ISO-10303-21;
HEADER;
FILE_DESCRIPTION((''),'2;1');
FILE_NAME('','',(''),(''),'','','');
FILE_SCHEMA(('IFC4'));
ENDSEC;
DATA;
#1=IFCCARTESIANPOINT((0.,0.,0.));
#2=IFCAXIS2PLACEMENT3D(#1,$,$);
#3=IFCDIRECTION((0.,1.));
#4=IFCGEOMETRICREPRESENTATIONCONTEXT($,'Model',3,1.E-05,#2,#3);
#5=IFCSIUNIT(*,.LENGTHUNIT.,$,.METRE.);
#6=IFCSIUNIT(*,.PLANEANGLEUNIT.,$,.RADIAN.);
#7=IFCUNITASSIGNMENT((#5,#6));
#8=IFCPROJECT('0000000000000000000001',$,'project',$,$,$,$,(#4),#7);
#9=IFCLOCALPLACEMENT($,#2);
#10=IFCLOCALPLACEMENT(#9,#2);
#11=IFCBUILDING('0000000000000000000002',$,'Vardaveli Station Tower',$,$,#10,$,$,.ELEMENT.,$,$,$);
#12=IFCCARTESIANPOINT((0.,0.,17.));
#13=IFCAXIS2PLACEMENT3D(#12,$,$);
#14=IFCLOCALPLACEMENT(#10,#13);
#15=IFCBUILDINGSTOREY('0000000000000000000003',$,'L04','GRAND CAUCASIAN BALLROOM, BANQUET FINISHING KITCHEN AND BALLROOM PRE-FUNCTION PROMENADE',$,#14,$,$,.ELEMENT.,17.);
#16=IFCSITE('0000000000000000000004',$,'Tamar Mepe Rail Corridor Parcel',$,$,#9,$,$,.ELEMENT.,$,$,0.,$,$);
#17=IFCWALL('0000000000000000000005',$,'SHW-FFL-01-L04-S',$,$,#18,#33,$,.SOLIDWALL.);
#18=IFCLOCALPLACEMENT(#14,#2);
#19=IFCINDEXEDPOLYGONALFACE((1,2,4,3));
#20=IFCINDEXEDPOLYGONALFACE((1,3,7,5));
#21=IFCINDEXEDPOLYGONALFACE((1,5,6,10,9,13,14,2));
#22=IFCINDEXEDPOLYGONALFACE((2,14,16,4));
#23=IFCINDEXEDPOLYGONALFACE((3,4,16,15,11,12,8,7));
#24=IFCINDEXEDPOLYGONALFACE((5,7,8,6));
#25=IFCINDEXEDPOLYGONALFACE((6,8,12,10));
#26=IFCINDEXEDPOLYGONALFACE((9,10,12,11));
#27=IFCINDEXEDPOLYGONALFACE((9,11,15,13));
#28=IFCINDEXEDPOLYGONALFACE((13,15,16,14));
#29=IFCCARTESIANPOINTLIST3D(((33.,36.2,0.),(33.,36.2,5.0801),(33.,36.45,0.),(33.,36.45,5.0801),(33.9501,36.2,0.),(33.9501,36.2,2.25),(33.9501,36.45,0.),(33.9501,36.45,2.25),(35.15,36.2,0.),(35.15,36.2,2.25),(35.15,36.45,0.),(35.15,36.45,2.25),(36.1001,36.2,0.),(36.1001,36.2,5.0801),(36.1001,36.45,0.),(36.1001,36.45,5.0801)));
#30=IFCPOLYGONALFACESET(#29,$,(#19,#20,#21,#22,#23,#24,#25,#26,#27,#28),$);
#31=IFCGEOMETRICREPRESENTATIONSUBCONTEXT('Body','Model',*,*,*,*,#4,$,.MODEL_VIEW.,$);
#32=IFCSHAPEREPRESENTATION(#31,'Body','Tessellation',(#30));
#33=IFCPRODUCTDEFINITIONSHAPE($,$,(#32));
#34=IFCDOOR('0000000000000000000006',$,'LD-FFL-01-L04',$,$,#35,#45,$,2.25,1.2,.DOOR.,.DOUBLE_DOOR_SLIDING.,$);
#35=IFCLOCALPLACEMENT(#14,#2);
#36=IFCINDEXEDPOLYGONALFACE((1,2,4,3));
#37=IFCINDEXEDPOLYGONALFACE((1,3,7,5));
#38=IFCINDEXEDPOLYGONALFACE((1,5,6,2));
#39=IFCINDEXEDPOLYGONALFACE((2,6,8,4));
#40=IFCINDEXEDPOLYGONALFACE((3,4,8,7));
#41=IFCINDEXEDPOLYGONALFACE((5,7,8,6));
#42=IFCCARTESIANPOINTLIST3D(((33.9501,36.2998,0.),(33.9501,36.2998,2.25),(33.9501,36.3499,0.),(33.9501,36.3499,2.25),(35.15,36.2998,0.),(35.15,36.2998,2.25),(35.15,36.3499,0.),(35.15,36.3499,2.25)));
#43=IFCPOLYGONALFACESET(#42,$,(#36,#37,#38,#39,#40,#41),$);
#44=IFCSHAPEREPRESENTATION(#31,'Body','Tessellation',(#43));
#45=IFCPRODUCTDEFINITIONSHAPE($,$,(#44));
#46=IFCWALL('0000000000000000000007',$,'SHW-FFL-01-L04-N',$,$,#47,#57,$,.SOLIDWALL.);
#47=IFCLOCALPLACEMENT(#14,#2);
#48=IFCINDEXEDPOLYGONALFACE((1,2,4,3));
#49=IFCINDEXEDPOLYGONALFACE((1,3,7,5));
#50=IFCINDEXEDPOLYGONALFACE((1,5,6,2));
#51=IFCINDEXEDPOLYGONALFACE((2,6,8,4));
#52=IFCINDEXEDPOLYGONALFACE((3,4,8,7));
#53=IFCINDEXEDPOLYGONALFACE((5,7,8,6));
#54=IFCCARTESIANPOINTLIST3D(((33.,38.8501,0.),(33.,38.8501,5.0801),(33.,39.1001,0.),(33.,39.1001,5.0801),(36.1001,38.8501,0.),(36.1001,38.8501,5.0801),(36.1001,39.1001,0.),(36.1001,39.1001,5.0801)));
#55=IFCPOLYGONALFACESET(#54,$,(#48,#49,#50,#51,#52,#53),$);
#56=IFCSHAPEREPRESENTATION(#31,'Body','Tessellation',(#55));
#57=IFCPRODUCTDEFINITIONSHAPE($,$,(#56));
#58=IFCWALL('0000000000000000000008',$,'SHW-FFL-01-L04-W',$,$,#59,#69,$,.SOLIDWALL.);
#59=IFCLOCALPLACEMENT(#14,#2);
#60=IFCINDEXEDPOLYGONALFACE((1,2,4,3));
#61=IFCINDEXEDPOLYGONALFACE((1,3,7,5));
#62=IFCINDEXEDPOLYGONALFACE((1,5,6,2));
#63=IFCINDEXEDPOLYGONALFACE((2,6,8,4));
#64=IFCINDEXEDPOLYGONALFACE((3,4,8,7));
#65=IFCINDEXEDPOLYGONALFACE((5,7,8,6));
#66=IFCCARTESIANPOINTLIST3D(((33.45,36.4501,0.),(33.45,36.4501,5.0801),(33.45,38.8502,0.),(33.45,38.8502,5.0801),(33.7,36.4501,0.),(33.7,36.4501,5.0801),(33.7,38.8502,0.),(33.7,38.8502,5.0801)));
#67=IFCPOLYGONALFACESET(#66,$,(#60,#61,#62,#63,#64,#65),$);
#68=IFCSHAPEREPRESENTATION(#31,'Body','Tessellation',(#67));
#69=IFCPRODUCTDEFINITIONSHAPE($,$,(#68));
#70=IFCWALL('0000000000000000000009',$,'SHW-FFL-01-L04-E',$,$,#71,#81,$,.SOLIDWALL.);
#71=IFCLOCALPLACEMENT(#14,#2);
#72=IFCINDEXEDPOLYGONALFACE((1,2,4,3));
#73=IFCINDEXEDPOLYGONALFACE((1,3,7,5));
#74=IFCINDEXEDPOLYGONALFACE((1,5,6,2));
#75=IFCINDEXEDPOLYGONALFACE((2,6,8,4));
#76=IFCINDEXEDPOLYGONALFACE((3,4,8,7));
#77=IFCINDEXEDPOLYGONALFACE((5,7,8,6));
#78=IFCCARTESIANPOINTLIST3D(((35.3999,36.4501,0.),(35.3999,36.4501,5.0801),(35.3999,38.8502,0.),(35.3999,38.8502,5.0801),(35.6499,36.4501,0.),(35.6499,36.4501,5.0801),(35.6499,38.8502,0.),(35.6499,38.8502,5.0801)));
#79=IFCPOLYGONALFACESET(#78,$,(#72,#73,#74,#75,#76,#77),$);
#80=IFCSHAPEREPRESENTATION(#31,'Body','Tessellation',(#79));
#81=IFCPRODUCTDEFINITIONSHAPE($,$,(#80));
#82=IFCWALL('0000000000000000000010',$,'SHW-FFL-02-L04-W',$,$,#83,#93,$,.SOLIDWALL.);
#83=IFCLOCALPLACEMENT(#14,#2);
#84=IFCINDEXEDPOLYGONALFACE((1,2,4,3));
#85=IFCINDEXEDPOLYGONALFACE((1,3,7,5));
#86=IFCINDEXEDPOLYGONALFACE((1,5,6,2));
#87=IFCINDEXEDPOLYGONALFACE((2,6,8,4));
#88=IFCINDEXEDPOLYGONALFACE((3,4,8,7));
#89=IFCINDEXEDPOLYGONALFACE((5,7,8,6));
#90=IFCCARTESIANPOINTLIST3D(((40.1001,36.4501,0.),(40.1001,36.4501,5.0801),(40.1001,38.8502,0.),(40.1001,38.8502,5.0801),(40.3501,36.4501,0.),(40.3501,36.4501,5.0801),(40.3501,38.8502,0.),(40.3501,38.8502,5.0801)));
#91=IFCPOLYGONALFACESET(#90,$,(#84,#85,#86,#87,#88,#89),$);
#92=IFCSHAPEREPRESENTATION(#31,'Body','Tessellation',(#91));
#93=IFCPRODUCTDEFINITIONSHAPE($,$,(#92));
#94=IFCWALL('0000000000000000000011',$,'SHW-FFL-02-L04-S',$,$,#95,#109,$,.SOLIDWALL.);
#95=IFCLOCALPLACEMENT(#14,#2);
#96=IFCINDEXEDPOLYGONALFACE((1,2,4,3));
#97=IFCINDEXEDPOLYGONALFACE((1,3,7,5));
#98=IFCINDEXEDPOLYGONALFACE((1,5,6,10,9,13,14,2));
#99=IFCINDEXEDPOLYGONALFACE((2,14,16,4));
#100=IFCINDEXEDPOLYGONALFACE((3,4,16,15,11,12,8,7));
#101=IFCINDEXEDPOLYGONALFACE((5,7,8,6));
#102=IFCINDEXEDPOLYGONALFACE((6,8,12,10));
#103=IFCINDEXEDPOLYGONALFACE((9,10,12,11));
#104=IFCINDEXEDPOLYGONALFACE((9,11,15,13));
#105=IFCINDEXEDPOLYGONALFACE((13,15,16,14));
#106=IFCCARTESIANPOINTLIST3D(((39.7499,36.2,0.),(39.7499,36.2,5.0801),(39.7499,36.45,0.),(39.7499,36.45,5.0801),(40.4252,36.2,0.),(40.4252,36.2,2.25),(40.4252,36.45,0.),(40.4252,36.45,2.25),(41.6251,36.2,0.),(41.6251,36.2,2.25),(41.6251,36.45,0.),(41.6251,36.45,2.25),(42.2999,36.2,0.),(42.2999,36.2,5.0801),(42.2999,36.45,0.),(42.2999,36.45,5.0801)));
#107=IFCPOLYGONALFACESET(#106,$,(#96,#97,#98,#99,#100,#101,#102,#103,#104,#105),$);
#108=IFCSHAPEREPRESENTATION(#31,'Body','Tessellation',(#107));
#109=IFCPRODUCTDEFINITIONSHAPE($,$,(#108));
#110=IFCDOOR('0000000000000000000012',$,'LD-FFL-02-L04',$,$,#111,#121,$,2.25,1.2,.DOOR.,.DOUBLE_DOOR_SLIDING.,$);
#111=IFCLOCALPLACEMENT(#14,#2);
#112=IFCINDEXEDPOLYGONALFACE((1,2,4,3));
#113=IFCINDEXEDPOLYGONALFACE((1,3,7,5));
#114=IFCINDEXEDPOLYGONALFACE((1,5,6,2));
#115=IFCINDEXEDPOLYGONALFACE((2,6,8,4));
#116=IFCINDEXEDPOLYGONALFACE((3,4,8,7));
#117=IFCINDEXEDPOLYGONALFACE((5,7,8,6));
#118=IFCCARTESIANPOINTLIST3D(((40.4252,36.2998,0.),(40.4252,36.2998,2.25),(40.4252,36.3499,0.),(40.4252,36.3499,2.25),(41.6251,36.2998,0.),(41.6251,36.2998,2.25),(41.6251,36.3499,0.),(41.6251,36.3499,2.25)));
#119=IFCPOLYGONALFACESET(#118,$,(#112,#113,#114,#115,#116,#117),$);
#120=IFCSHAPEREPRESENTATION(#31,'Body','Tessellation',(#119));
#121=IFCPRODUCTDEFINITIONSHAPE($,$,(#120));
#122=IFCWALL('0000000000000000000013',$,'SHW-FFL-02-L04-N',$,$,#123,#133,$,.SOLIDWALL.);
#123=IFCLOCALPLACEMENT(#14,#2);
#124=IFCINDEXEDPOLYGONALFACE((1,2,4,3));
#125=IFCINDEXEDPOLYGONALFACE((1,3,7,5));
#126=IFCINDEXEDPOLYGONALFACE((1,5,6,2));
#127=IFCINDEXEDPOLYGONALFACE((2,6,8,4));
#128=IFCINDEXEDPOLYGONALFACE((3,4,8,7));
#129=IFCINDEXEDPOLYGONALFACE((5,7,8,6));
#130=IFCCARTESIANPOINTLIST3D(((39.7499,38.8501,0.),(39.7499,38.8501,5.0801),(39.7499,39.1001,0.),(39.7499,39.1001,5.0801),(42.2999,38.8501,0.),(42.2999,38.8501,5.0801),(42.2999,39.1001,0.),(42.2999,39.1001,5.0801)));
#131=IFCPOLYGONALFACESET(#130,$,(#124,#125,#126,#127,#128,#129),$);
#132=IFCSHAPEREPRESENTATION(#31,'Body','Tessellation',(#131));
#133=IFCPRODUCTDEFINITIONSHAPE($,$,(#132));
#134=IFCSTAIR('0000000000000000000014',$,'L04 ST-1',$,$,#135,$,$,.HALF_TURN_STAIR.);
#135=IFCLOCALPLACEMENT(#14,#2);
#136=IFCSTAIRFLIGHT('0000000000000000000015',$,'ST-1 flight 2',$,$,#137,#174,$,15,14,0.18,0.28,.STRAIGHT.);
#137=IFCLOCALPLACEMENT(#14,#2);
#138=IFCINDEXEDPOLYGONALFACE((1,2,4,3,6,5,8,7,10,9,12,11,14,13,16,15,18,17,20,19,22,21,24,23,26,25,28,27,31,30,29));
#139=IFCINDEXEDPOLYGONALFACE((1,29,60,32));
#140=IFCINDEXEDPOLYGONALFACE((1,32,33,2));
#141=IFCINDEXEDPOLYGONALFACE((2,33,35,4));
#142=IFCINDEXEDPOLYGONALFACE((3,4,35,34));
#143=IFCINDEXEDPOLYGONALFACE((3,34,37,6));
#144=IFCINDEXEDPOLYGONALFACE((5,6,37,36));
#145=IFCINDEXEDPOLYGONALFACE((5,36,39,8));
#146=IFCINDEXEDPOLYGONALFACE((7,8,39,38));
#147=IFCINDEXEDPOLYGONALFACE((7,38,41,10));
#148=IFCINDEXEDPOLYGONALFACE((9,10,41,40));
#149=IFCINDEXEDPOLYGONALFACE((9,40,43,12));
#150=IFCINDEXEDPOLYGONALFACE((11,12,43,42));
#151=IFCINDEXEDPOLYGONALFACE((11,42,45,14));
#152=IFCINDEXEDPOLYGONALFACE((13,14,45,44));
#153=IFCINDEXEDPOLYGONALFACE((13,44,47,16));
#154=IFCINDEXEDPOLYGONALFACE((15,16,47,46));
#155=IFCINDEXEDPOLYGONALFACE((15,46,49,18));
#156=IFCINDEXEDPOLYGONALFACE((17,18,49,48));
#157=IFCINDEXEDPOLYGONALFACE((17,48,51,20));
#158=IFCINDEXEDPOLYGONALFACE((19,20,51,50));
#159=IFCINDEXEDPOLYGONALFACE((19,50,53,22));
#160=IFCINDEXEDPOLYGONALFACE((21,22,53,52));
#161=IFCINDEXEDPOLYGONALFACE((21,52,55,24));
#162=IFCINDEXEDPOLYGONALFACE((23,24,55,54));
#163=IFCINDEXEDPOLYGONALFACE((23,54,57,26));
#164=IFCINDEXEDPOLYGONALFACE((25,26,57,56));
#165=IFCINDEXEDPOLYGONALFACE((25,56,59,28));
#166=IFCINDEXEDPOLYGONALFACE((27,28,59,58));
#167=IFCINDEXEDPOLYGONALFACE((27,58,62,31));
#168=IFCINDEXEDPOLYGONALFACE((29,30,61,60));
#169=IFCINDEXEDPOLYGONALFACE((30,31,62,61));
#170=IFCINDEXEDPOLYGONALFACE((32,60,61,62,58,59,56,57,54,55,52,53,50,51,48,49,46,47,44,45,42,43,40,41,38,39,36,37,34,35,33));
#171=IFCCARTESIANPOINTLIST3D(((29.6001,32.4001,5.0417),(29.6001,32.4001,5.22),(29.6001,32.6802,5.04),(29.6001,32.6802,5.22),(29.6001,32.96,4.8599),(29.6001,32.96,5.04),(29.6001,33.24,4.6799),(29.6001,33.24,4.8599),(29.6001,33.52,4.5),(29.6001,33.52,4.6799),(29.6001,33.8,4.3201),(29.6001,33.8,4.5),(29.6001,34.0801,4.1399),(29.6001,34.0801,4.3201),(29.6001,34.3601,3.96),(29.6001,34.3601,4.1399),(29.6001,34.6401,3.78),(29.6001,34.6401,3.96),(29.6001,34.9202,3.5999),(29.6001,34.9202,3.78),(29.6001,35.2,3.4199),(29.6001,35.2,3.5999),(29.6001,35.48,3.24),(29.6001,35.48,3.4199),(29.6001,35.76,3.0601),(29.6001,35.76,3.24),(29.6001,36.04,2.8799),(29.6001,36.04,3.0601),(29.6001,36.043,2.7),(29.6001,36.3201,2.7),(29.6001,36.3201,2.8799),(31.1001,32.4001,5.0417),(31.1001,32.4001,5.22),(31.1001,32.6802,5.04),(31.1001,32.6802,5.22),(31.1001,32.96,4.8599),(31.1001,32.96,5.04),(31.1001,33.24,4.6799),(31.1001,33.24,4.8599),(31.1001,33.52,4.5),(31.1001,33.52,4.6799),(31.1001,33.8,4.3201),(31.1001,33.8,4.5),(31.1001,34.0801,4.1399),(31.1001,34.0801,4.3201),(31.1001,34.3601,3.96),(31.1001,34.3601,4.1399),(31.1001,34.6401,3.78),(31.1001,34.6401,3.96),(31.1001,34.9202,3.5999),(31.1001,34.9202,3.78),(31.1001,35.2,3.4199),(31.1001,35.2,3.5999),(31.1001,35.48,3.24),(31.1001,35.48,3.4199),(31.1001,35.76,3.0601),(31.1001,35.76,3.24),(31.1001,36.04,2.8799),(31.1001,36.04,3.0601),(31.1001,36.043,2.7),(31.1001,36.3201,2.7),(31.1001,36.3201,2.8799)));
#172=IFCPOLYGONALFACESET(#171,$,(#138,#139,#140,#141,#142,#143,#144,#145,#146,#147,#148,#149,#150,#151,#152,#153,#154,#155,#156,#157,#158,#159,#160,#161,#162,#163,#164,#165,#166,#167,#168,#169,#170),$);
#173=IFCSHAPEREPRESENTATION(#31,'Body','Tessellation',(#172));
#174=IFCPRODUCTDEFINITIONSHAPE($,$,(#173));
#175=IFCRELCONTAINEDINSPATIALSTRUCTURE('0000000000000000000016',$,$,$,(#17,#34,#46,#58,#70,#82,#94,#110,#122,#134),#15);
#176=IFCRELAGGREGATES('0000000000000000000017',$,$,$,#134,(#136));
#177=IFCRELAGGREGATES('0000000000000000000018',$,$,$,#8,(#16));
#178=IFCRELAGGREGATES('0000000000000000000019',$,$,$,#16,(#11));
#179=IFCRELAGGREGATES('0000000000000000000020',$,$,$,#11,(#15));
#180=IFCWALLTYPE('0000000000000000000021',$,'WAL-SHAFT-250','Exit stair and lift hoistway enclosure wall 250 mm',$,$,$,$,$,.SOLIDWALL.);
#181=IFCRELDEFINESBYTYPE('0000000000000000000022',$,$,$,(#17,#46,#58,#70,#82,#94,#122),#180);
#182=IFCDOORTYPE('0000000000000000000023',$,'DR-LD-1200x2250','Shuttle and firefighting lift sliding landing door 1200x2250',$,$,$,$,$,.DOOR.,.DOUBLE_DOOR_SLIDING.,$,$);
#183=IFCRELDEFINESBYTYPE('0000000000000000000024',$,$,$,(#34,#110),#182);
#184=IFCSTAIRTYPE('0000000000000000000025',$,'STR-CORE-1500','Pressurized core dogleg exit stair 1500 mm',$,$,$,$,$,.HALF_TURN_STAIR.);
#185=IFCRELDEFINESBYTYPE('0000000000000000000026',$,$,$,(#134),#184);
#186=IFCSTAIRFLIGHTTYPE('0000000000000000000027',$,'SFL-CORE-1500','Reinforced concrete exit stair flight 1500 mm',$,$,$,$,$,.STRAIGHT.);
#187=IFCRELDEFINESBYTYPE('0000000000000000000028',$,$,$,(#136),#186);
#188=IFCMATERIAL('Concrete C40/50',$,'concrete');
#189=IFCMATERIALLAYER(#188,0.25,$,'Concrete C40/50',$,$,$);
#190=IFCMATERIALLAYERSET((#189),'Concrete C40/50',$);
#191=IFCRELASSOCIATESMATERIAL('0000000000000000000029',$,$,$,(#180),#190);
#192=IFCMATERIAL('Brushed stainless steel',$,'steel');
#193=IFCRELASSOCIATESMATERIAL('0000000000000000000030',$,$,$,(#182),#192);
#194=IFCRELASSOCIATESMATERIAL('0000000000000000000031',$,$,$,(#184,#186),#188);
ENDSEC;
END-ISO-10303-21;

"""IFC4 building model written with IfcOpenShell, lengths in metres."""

from ifc_helpers import new_model, si_unit, direction, frame, frame_2d, origin, place, context, subcontext, project, spatial, polyline, rectangle, outline, extrude, source, transform, mapped, material, layer, layer_set, type_object, element, fill, aggregate, save


model = new_model("IFC4")

# Units and contexts
model_context = context("Model", 3, precision=1e-05, world=origin(), true_north=direction((0.0, 1.0)))
body_context = subcontext(model_context, "Body", "Model", "MODEL_VIEW")
ifc_project = project(units=[si_unit("LENGTHUNIT", "METRE"), si_unit("PLANEANGLEUNIT", "RADIAN")], contexts=[model_context])

# Site, building, storey
site_placement = place(None, origin())
site = spatial("IfcSite", under=ifc_project, at=site_placement, Name="Tamar Mepe Rail Corridor Parcel", CompositionType="ELEMENT", RefElevation=0.0)
building_placement = place(site_placement, origin())
building = spatial("IfcBuilding", under=site, at=building_placement, Name="Vardaveli Station Tower", CompositionType="ELEMENT")
storey_placement = place(building_placement, frame((0.0, 0.0, 17.0)))
storey = spatial("IfcBuildingStorey", under=building, at=storey_placement, Name="L04", Description="GRAND CAUCASIAN BALLROOM, BANQUET FINISHING KITCHEN AND BALLROOM PRE-FUNCTION PROMENADE", CompositionType="ELEMENT", Elevation=17.0)

# Shared definitions
ifc_material_1 = material(Name="Concrete C40/50", Category="concrete")
ifc_layer_1 = layer(ifc_material_1, 0.25, Name="Concrete C40/50")
ifc_layer_set_1 = layer_set([ifc_layer_1], Name="Concrete C40/50")
wall_type_1 = type_object("IfcWallType", Name="WAL-SHAFT-250", Description="Exit stair and lift hoistway enclosure wall 250 mm", PredefinedType="SOLIDWALL", material=ifc_layer_set_1)

# Wall, opening, door
shared_shape_1 = source(origin(), body_context, "Body", "SweptSolid", [
    extrude(rectangle(XDim=3.1001, YDim=0.25, at=frame_2d((1.55, 0.0))), origin(), (0.0, 0.0, 1.0), 5.0801),
])
wall_1_placement = place(storey_placement, frame((33.0, 36.325, 0.0), z_axis=(0.0, 0.0, 1.0), x_axis=(1.0, 0.0, 0.0)))
wall_1 = element("IfcWall", 1, at=wall_1_placement, inside=storey, type_object=wall_type_1, Name="SHW-FFL-01-L04-S", PredefinedType="SOLIDWALL", context=body_context, shape_type="MappedRepresentation", body=[
    mapped(shared_shape_1, transform((0.0, 0.0, 0.0), scale=1.0)),
])
shared_shape_2 = source(origin(), body_context, "Body", "SweptSolid", [
    extrude(rectangle(XDim=1.2, YDim=2.25, at=frame_2d((0.6001, 1.125))), frame((0.0, 0.135, 0.0), z_axis=(0.0, -1.0, 0.0), x_axis=(1.0, 0.0, 0.0)), (0.0, 0.0, 1.0), 0.27),
])
opening_1_placement = place(wall_1_placement, frame((0.95, 0.0, 0.0)))
opening_1 = element("IfcOpeningElement", 2, at=opening_1_placement, cuts=wall_1, PredefinedType="OPENING", context=body_context, shape_type="MappedRepresentation", body=[
    mapped(shared_shape_2, transform((0.0, 0.0, 0.0), scale=1.0)),
])
ifc_material_2 = material(Name="Brushed stainless steel", Category="steel")
door_type = type_object("IfcDoorType", Name="DR-LD-1200x2250", Description="Shuttle and firefighting lift sliding landing door 1200x2250", OperationType="DOUBLE_DOOR_SLIDING", PredefinedType="DOOR", material=ifc_material_2)
shared_shape_3 = source(origin(), body_context, "Body", "SweptSolid", [
    extrude(rectangle(XDim=1.2, YDim=2.25, at=frame_2d((0.6001, 1.125))), frame((0.0, 0.0249, 0.0), z_axis=(0.0, -1.0, 0.0), x_axis=(1.0, 0.0, 0.0)), (0.0, 0.0, 1.0), 0.05),
])
door_1_placement = place(opening_1_placement, origin())
door_1 = element("IfcDoor", 3, at=door_1_placement, inside=storey, type_object=door_type, Name="LD-FFL-01-L04", OperationType="DOUBLE_DOOR_SLIDING", OverallHeight=2.25, OverallWidth=1.2, PredefinedType="DOOR", context=body_context, shape_type="MappedRepresentation", body=[
    mapped(shared_shape_3, transform((0.0, 0.0, 0.0), scale=1.0)),
])
fill(opening_1, door_1)

# Walls
wall_2_placement = place(storey_placement, frame((33.0, 38.9751, 0.0), z_axis=(0.0, 0.0, 1.0), x_axis=(1.0, 0.0, 0.0)))
element("IfcWall", 4, at=wall_2_placement, inside=storey, type_object=wall_type_1, Name="SHW-FFL-01-L04-N", PredefinedType="SOLIDWALL", context=body_context, shape_type="MappedRepresentation", body=[
    mapped(shared_shape_1, transform((0.0, 0.0, 0.0), scale=1.0)),
])
shared_shape_4 = source(origin(), body_context, "Body", "SweptSolid", [
    extrude(rectangle(XDim=2.4001, YDim=0.25, at=frame_2d((1.2002, 0.0))), origin(), (0.0, 0.0, 1.0), 5.0801),
])
for number, where, z_axis, x_axis, name in (
    (5, (33.575, 36.45, 0.0), (0.0, 0.0, 1.0), (0.0, 1.0, 0.0), "SHW-FFL-01-L04-W"),
    (6, (35.5249, 36.45, 0.0), (0.0, 0.0, 1.0), (0.0, 1.0, 0.0), "SHW-FFL-01-L04-E"),
    (7, (40.2251, 36.45, 0.0), (0.0, 0.0, 1.0), (0.0, 1.0, 0.0), "SHW-FFL-02-L04-W"),
):
    element("IfcWall", number, at=place(storey_placement, frame(where, z_axis=z_axis, x_axis=x_axis)), inside=storey, type_object=wall_type_1, Name=name, PredefinedType="SOLIDWALL", context=body_context, shape_type="MappedRepresentation", body=[
        mapped(shared_shape_4, transform((0.0, 0.0, 0.0), scale=1.0)),
    ])

# Wall, opening, door
shared_shape_5 = source(origin(), body_context, "Body", "SweptSolid", [
    extrude(rectangle(XDim=2.55, YDim=0.25, at=frame_2d((1.2749, 0.0))), origin(), (0.0, 0.0, 1.0), 5.0801),
])
wall_3_placement = place(storey_placement, frame((39.75, 36.325, 0.0), z_axis=(0.0, 0.0, 1.0), x_axis=(1.0, 0.0, 0.0)))
wall_3 = element("IfcWall", 8, at=wall_3_placement, inside=storey, type_object=wall_type_1, Name="SHW-FFL-02-L04-S", PredefinedType="SOLIDWALL", context=body_context, shape_type="MappedRepresentation", body=[
    mapped(shared_shape_5, transform((0.0, 0.0, 0.0), scale=1.0)),
])
opening_2_placement = place(wall_3_placement, frame((0.675, 0.0, 0.0)))
opening_2 = element("IfcOpeningElement", 9, at=opening_2_placement, cuts=wall_3, PredefinedType="OPENING", context=body_context, shape_type="MappedRepresentation", body=[
    mapped(shared_shape_2, transform((0.0, 0.0, 0.0), scale=1.0)),
])
door_2_placement = place(opening_2_placement, origin())
door_2 = element("IfcDoor", 10, at=door_2_placement, inside=storey, type_object=door_type, Name="LD-FFL-02-L04", OperationType="DOUBLE_DOOR_SLIDING", OverallHeight=2.25, OverallWidth=1.2, PredefinedType="DOOR", context=body_context, shape_type="MappedRepresentation", body=[
    mapped(shared_shape_3, transform((0.0, 0.0, 0.0), scale=1.0)),
])
fill(opening_2, door_2)

# Wall
wall_4_placement = place(storey_placement, frame((39.75, 38.9751, 0.0), z_axis=(0.0, 0.0, 1.0), x_axis=(1.0, 0.0, 0.0)))
element("IfcWall", 11, at=wall_4_placement, inside=storey, type_object=wall_type_1, Name="SHW-FFL-02-L04-N", PredefinedType="SOLIDWALL", context=body_context, shape_type="MappedRepresentation", body=[
    mapped(shared_shape_5, transform((0.0, 0.0, 0.0), scale=1.0)),
])

# Stair, stair flight
stair_type = type_object("IfcStairType", Name="STR-CORE-1500", Description="Pressurized core dogleg exit stair 1500 mm", PredefinedType="HALF_TURN_STAIR", material=ifc_material_1)
stair_1_placement = place(storey_placement, origin())
stair_1 = element("IfcStair", 12, at=stair_1_placement, inside=storey, type_object=stair_type, Name="L04 ST-1", PredefinedType="HALF_TURN_STAIR")
stair_flight_type = type_object("IfcStairFlightType", Name="SFL-CORE-1500", Description="Reinforced concrete exit stair flight 1500 mm", PredefinedType="STRAIGHT", material=ifc_material_1)
shared_shape_6 = source(origin(), body_context, "Body", "SweptSolid", [
    extrude(outline(polyline([(0.0, 0.0), (0.0, 0.1799), (0.28, 0.1799), (0.28, 0.3601), (0.5601, 0.3601), (0.5601, 0.54), (0.8401, 0.54), (0.8401, 0.72), (1.1201, 0.72), (1.1201, 0.8999), (1.3999, 0.8999), (1.3999, 1.0801), (1.6799, 1.0801), (1.6799, 1.26), (1.96, 1.26), (1.96, 1.4399), (2.24, 1.4399), (2.24, 1.6201), (2.52, 1.6201), (2.52, 1.8), (2.8, 1.8), (2.8, 1.98), (3.0801, 1.98), (3.0801, 2.1599), (3.3601, 2.1599), (3.3601, 2.3401), (3.6399, 2.3401), (3.6399, 2.52), (3.9199, 2.52), (3.9199, 2.7), (3.9199, 2.3418), (0.2771, 0.0), (0.0, 0.0)])), frame((0.0, 0.75, 0.0), z_axis=(0.0, -1.0, 0.0), x_axis=(1.0, 0.0, 0.0)), (0.0, 0.0, 1.0), 1.5),
])
stair_flight_1_placement = place(storey_placement, frame((30.3501, 36.3201, 2.7), z_axis=(0.0, 0.0, 1.0), x_axis=(0.0, -1.0, 0.0)))
stair_flight_1 = element("IfcStairFlight", 13, at=stair_flight_1_placement, type_object=stair_flight_type, Name="ST-1 flight 2", NumberOfRisers=15, NumberOfTreads=14, PredefinedType="STRAIGHT", RiserHeight=0.18, TreadLength=0.28, context=body_context, shape_type="MappedRepresentation", body=[
    mapped(shared_shape_6, transform((0.0, 0.0, 0.0), scale=1.0)),
])
aggregate(stair_1, [stair_flight_1])

save(model, "model.ifc")
